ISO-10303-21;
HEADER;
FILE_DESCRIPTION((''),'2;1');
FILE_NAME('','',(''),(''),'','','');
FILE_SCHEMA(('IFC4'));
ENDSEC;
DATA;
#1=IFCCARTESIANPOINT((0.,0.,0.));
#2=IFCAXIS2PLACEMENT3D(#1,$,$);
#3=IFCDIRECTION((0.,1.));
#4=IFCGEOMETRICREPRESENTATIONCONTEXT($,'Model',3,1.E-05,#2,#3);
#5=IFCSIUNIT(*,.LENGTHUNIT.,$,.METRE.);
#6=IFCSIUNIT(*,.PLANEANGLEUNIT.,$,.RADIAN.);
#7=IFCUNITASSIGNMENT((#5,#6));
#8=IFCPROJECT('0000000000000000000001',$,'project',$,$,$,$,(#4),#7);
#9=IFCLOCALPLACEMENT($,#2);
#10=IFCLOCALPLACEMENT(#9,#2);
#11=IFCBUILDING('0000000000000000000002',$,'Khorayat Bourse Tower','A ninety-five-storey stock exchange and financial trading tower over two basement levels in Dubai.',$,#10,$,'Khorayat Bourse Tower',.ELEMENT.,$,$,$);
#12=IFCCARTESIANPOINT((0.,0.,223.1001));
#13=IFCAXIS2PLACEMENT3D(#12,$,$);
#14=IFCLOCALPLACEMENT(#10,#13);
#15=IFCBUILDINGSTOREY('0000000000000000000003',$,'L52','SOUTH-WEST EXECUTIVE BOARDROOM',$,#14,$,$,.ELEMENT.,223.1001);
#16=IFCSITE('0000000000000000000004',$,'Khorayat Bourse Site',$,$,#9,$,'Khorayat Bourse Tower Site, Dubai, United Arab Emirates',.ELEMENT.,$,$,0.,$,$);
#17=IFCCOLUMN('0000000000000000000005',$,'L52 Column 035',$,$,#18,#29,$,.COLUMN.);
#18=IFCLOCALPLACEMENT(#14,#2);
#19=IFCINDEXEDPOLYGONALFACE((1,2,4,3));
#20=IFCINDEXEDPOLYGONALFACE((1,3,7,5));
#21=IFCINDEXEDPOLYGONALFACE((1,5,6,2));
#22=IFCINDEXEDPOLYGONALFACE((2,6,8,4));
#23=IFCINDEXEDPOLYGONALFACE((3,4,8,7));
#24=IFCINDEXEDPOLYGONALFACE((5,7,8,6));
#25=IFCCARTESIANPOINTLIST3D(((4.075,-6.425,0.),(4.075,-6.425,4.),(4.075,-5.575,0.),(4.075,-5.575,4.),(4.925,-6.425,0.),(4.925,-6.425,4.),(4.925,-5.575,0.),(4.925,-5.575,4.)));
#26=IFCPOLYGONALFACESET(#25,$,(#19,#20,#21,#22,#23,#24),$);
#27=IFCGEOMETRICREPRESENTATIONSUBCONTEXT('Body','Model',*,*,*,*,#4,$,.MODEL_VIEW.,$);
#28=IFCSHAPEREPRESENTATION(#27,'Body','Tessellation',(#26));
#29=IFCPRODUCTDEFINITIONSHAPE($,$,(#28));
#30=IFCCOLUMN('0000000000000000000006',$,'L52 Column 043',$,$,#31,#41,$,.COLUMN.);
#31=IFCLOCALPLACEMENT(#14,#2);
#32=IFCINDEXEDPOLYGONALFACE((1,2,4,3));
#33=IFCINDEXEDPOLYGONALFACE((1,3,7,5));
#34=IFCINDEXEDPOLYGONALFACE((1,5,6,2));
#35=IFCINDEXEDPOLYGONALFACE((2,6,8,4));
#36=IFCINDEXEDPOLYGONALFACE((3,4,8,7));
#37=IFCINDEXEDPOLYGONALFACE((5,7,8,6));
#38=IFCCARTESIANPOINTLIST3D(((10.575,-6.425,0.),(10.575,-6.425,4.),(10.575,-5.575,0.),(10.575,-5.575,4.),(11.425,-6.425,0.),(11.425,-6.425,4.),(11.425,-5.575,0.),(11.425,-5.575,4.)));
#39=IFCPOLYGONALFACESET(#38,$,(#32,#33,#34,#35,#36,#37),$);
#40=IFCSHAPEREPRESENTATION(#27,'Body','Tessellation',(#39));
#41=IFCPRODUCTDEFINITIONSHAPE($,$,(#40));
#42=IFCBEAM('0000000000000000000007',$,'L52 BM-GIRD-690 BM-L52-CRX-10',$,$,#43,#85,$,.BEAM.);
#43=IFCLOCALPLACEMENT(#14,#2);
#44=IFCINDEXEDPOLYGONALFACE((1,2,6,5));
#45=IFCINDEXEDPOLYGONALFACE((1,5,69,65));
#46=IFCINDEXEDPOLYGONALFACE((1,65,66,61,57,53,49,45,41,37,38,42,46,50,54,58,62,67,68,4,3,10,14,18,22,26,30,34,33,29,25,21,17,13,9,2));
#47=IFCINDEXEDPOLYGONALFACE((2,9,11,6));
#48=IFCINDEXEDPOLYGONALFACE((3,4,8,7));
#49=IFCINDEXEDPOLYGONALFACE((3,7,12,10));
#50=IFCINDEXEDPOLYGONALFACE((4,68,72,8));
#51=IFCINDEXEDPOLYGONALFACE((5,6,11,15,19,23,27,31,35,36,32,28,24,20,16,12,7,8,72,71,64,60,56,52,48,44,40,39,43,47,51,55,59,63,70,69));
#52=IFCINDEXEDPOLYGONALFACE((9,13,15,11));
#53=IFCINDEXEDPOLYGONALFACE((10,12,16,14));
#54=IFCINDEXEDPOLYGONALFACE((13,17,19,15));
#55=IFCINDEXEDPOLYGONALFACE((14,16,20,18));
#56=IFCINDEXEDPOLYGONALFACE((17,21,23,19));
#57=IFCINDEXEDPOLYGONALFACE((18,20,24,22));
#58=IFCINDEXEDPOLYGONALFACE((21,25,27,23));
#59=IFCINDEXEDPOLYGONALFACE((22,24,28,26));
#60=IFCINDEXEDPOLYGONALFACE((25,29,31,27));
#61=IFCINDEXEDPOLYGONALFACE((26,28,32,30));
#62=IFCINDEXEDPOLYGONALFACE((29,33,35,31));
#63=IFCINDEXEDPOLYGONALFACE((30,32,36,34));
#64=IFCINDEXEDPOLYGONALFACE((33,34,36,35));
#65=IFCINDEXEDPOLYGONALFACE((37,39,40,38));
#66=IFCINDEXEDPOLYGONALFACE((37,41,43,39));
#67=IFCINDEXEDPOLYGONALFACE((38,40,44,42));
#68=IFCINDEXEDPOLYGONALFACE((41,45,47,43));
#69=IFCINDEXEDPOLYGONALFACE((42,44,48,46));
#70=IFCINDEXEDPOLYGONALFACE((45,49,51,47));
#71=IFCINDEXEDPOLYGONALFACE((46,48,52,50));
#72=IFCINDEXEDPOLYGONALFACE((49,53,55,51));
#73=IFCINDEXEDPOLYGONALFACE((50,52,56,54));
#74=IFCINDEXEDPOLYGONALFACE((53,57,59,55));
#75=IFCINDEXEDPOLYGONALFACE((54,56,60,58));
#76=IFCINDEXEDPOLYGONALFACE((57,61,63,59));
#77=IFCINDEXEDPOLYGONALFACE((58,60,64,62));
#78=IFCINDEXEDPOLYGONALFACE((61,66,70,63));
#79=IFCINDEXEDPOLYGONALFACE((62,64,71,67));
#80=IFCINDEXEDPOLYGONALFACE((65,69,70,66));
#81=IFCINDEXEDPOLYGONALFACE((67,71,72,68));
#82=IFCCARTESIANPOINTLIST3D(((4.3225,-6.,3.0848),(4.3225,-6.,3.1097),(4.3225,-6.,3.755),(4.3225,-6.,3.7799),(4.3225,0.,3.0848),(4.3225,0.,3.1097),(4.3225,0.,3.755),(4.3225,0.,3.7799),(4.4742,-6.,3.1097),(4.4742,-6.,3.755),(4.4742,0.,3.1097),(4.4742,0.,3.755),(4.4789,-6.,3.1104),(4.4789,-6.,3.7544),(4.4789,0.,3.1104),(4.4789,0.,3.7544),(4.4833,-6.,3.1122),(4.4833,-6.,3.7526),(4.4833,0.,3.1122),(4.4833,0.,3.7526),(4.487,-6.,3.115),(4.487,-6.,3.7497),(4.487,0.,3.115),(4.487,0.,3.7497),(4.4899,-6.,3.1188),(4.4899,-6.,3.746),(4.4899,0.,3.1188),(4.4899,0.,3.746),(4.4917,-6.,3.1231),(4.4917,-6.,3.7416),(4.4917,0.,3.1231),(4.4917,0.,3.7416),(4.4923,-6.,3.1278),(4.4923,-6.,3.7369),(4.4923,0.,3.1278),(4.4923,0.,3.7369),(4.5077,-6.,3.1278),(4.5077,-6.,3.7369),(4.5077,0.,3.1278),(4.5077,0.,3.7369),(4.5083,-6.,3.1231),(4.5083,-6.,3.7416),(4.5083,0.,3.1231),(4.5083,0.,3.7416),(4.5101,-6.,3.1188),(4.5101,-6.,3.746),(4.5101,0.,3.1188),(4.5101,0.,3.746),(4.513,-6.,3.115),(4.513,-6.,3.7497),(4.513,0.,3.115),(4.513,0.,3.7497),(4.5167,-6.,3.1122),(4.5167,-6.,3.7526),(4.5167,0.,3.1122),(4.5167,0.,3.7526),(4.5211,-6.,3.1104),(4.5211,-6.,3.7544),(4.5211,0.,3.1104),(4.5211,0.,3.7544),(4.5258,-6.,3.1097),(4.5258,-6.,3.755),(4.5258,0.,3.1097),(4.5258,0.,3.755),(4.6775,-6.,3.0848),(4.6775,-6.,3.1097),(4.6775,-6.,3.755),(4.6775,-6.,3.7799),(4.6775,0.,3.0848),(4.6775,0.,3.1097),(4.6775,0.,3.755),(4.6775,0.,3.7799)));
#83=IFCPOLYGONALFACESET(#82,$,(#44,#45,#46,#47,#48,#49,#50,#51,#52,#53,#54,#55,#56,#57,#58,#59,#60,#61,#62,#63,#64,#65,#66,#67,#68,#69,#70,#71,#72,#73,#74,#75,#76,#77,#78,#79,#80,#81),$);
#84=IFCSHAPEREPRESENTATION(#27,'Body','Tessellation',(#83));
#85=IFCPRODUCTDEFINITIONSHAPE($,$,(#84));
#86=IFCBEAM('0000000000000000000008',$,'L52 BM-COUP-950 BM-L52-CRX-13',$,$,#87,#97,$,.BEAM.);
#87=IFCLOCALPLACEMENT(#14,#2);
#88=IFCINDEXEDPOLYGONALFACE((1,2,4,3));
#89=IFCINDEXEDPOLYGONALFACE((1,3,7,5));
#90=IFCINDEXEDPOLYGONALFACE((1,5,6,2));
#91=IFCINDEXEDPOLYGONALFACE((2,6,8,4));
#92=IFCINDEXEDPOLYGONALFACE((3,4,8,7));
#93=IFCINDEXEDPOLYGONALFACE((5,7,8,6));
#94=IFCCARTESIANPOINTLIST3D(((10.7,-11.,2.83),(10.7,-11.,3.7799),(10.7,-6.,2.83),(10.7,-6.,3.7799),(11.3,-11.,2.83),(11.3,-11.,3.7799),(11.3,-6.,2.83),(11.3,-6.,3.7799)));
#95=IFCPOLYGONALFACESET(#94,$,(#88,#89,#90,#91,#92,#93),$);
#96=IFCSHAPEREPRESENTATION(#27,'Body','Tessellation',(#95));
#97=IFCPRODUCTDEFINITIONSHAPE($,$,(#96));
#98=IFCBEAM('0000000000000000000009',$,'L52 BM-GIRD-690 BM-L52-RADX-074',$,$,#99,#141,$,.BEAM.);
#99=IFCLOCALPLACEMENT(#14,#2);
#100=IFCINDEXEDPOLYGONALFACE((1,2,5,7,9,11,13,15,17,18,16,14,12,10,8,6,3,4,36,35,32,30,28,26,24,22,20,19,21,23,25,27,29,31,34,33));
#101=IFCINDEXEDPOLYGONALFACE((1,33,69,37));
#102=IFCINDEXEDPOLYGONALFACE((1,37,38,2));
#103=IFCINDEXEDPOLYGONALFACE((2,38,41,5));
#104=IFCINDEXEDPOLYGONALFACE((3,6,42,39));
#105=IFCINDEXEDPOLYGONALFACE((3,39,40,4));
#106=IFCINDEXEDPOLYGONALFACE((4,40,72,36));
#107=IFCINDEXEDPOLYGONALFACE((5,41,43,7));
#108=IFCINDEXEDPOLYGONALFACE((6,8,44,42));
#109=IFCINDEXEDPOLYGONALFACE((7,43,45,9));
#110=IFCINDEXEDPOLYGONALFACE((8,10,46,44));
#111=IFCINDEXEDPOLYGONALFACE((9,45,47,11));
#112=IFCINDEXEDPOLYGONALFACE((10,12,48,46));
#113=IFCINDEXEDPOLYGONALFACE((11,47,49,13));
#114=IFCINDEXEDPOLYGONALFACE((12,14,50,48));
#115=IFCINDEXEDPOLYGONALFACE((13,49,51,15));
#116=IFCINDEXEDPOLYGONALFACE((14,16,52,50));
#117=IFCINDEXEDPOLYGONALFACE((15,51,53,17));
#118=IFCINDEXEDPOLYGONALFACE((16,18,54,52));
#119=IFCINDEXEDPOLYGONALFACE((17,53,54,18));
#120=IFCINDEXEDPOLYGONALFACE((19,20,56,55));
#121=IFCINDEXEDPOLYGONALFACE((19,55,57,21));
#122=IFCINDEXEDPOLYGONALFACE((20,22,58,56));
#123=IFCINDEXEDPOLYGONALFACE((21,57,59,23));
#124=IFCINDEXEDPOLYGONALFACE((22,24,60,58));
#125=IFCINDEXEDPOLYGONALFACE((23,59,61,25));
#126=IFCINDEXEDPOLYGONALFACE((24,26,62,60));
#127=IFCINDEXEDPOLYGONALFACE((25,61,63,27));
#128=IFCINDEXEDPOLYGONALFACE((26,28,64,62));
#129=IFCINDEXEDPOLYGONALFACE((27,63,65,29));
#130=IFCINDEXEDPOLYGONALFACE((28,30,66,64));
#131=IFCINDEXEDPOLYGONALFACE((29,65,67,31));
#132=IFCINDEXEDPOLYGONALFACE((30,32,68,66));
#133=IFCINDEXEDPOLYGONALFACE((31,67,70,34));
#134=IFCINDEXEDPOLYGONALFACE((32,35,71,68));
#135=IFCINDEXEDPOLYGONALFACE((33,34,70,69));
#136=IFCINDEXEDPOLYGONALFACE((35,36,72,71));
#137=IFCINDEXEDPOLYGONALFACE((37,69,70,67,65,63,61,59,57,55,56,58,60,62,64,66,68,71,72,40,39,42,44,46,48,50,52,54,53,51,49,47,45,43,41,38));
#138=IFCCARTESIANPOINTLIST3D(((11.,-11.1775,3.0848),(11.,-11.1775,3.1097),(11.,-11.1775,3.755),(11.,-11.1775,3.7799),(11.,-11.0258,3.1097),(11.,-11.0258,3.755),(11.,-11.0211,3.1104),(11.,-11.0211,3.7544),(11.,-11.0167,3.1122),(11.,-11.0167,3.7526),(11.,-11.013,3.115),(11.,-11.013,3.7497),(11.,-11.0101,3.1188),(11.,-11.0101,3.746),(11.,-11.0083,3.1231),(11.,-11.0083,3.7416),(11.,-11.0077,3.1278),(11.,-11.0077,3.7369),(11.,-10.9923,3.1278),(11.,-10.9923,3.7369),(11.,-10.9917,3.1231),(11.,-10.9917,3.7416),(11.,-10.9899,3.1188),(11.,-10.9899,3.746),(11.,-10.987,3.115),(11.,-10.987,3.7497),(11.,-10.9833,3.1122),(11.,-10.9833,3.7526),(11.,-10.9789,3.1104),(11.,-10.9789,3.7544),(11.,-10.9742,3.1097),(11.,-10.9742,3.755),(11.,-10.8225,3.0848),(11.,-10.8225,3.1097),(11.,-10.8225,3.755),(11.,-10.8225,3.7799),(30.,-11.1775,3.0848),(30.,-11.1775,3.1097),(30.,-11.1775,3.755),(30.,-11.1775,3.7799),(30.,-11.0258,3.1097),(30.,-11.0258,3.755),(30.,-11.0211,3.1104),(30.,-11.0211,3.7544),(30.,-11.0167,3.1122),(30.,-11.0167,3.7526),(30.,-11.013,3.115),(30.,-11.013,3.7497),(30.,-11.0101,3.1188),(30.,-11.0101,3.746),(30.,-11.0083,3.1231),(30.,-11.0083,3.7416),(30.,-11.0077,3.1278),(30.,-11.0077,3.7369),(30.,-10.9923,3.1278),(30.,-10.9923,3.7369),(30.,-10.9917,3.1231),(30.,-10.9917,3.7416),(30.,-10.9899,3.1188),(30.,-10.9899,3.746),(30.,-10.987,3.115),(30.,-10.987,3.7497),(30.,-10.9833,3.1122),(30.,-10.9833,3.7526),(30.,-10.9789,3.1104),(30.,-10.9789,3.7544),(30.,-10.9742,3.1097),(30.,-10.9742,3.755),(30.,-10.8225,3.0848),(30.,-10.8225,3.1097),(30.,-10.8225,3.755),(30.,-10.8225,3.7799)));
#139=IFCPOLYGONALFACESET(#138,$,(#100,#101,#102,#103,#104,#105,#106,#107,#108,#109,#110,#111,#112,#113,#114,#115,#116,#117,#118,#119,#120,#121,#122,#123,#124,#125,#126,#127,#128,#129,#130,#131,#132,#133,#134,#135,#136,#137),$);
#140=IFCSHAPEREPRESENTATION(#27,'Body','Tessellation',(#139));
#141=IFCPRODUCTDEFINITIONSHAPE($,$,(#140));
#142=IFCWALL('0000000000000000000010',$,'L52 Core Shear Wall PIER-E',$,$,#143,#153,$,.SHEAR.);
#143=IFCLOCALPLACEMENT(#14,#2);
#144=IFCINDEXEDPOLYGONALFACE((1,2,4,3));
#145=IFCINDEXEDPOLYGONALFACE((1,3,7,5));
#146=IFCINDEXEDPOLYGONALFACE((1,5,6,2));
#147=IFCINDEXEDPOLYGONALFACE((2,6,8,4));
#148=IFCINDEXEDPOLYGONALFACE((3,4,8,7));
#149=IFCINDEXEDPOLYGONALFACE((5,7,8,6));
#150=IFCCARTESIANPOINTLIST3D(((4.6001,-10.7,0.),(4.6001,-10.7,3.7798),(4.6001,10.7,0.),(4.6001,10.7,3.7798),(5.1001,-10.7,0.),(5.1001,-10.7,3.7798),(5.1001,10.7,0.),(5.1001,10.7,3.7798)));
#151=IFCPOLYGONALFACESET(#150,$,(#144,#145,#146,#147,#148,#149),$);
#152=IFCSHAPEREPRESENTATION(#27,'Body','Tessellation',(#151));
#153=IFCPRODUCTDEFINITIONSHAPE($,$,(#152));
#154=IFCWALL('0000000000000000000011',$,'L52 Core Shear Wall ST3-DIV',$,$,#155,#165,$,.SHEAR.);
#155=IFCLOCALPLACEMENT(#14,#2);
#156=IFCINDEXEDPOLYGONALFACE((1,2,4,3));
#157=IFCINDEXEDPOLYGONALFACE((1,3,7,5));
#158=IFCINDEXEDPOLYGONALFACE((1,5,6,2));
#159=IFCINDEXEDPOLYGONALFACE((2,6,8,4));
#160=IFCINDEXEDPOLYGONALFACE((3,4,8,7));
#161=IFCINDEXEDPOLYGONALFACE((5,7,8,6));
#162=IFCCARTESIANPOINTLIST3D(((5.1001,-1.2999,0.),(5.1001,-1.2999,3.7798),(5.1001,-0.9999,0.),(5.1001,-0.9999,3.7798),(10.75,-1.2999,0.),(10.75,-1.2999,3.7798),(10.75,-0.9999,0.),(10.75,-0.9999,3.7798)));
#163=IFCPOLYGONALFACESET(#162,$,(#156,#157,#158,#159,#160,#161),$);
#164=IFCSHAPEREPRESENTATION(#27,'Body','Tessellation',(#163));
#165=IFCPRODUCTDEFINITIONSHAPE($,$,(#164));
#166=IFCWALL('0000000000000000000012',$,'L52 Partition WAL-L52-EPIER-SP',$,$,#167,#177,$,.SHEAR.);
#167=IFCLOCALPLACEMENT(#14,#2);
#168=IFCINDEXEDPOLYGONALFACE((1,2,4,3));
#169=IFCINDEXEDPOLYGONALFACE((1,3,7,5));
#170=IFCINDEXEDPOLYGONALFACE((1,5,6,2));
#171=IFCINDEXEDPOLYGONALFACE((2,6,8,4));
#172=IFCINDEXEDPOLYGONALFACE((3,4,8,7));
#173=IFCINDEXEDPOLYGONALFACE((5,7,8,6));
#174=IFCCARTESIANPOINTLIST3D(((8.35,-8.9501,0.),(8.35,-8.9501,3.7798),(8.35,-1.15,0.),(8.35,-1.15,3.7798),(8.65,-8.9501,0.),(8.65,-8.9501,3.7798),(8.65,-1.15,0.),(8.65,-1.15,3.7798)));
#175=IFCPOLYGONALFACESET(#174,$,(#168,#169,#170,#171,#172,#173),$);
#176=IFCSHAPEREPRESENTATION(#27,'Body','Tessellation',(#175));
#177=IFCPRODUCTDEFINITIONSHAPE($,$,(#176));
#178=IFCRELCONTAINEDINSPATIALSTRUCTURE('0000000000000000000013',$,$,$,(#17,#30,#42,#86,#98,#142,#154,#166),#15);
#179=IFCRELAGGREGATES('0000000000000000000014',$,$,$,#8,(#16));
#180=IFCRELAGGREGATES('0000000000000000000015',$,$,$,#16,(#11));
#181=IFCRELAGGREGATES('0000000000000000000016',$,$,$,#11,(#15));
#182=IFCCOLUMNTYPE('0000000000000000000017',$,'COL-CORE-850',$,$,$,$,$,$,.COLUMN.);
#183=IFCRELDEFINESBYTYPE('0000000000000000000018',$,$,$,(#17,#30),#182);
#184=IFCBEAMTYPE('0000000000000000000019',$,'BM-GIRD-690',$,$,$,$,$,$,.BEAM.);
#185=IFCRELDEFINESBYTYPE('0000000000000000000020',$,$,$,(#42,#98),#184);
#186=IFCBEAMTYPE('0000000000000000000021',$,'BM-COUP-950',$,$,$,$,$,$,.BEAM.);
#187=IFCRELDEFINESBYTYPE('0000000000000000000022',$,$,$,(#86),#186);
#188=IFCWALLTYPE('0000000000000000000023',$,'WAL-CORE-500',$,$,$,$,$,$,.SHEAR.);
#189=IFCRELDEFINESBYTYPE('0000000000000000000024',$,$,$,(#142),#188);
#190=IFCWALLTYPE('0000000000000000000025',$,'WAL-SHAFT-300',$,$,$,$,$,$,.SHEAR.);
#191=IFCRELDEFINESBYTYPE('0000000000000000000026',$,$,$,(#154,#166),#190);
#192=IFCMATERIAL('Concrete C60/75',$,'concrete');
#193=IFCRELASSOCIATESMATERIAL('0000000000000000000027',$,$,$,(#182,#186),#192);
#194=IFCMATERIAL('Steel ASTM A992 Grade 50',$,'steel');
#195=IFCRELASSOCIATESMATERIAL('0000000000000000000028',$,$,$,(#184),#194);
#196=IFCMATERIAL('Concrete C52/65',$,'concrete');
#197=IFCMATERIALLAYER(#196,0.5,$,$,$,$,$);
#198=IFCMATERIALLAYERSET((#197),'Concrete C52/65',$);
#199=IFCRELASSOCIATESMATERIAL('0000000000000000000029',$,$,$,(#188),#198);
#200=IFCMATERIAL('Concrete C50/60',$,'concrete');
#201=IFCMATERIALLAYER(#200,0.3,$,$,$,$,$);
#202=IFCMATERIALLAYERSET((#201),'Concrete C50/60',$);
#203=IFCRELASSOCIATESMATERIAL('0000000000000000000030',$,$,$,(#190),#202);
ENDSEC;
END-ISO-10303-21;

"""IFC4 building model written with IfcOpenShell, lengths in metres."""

from ifc_helpers import new_model, si_unit, direction, frame, frame_2d, origin, origin_2d, place, context, subcontext, project, spatial, rectangle, i_section, extrude, source, transform, mapped, material, layer, layer_set, material_profile, profile_set, type_object, element, save


model = new_model("IFC4")

# Units and contexts
model_context = context("Model", 3, precision=1e-05, world=origin(), true_north=direction((0.0, 1.0)))
body_context = subcontext(model_context, "Body", "Model", "MODEL_VIEW")
ifc_project = project(units=[si_unit("LENGTHUNIT", "METRE"), si_unit("PLANEANGLEUNIT", "RADIAN")], contexts=[model_context])

# Site, building, storey
site_placement = place(None, origin())
site = spatial("IfcSite", under=ifc_project, at=site_placement, Name="Khorayat Bourse Site", LongName="Khorayat Bourse Tower Site, Dubai, United Arab Emirates", CompositionType="ELEMENT", RefElevation=0.0)
building_placement = place(site_placement, origin())
building = spatial("IfcBuilding", under=site, at=building_placement, Name="Khorayat Bourse Tower", Description="A ninety-five-storey stock exchange and financial trading tower over two basement levels in Dubai.", LongName="Khorayat Bourse Tower", CompositionType="ELEMENT")
storey_placement = place(building_placement, frame((0.0, 0.0, 223.1001)))
storey = spatial("IfcBuildingStorey", under=building, at=storey_placement, Name="L52", Description="SOUTH-WEST EXECUTIVE BOARDROOM", CompositionType="ELEMENT", Elevation=223.1001)

# Columns
ifc_material_1 = material(Name="Concrete C60/75", Category="concrete")
ifc_material_profile_1 = material_profile(ifc_material_1, rectangle(XDim=0.8501, YDim=0.8501, at=origin_2d()), Name="RC 850x850")
ifc_profile_set_1 = profile_set([ifc_material_profile_1], Name="Concrete C60/75")
column_type = type_object("IfcColumnType", Name="COL-CORE-850", PredefinedType="COLUMN", material=ifc_profile_set_1)
shared_shape_1 = source(origin(), body_context, "Body", "SweptSolid", [
    extrude(rectangle(XDim=0.8501, YDim=0.8501, at=origin_2d()), origin(), (0.0, 0.0, 1.0), 4.0),
])
for number, where, z_axis, x_axis, name in (
    (1, (4.5, -6.0, 0.0), (0.0, 0.0, 1.0), (1.0, 0.0, 0.0), "L52 Column 035"),
    (2, (11.0, -6.0, 0.0), (0.0, 0.0, 1.0), (1.0, 0.0, 0.0), "L52 Column 043"),
):
    element("IfcColumn", number, at=place(storey_placement, frame(where, z_axis=z_axis, x_axis=x_axis)), inside=storey, type_object=column_type, Name=name, PredefinedType="COLUMN", context=body_context, shape_type="MappedRepresentation", body=[
        mapped(shared_shape_1, transform((0.0, 0.0, 0.0), scale=1.0)),
    ])

# Beams
ifc_material_2 = material(Name="Steel ASTM A992 Grade 50", Category="steel")
ifc_material_profile_2 = material_profile(ifc_material_2, i_section(OverallWidth=0.355, OverallDepth=0.6951, WebThickness=0.0154, FlangeThickness=0.0249, FilletRadius=0.0181, at=origin_2d()), Name="W690X217")
ifc_profile_set_2 = profile_set([ifc_material_profile_2], Name="Steel ASTM A992 Grade 50")
beam_type_1 = type_object("IfcBeamType", Name="BM-GIRD-690", PredefinedType="BEAM", material=ifc_profile_set_2)
shared_shape_2 = source(origin(), body_context, "Body", "SweptSolid", [
    extrude(i_section(OverallWidth=0.355, OverallDepth=0.6951, WebThickness=0.0154, FlangeThickness=0.0249, FilletRadius=0.0181, at=origin_2d()), origin(), (0.0, 0.0, 1.0), 6.0),
])
beam_1_placement = place(storey_placement, frame((4.5, -6.0, 3.4324), z_axis=(0.0, 1.0, 0.0), x_axis=(-1.0, 0.0, 0.0)))
element("IfcBeam", 3, at=beam_1_placement, inside=storey, type_object=beam_type_1, Name="L52 BM-GIRD-690 BM-L52-CRX-10", PredefinedType="BEAM", context=body_context, shape_type="MappedRepresentation", body=[
    mapped(shared_shape_2, transform((0.0, 0.0, 0.0), scale=1.0)),
])
ifc_material_profile_3 = material_profile(ifc_material_1, rectangle(XDim=0.6001, YDim=0.95, at=origin_2d()), Name="RC 600x950")
ifc_profile_set_3 = profile_set([ifc_material_profile_3], Name="Concrete C60/75")
beam_type_2 = type_object("IfcBeamType", Name="BM-COUP-950", PredefinedType="BEAM", material=ifc_profile_set_3)
shared_shape_3 = source(origin(), body_context, "Body", "SweptSolid", [
    extrude(rectangle(XDim=0.6001, YDim=0.95, at=origin_2d()), origin(), (0.0, 0.0, 1.0), 5.0),
])
beam_2_placement = place(storey_placement, frame((11.0, -11.0, 3.3049), z_axis=(0.0, 1.0, 0.0), x_axis=(-1.0, 0.0, 0.0)))
element("IfcBeam", 4, at=beam_2_placement, inside=storey, type_object=beam_type_2, Name="L52 BM-COUP-950 BM-L52-CRX-13", PredefinedType="BEAM", context=body_context, shape_type="MappedRepresentation", body=[
    mapped(shared_shape_3, transform((0.0, 0.0, 0.0), scale=1.0)),
])
shared_shape_4 = source(origin(), body_context, "Body", "SweptSolid", [
    extrude(i_section(OverallWidth=0.355, OverallDepth=0.6951, WebThickness=0.0154, FlangeThickness=0.0249, FilletRadius=0.0181, at=origin_2d()), origin(), (0.0, 0.0, 1.0), 19.0),
])
beam_3_placement = place(storey_placement, frame((11.0, -11.0, 3.4324), z_axis=(1.0, 0.0, 0.0), x_axis=(0.0, 1.0, 0.0)))
element("IfcBeam", 5, at=beam_3_placement, inside=storey, type_object=beam_type_1, Name="L52 BM-GIRD-690 BM-L52-RADX-074", PredefinedType="BEAM", context=body_context, shape_type="MappedRepresentation", body=[
    mapped(shared_shape_4, transform((0.0, 0.0, 0.0), scale=1.0)),
])

# Walls
ifc_material_3 = material(Name="Concrete C52/65", Category="concrete")
ifc_layer_1 = layer(ifc_material_3, 0.5)
ifc_layer_set_1 = layer_set([ifc_layer_1], Name="Concrete C52/65")
wall_type_1 = type_object("IfcWallType", Name="WAL-CORE-500", PredefinedType="SHEAR", material=ifc_layer_set_1)
shared_shape_5 = source(origin(), body_context, "Body", "SweptSolid", [
    extrude(rectangle(XDim=21.3999, YDim=0.5, at=frame_2d((10.7, 0.0))), origin(), (0.0, 0.0, 1.0), 3.7798),
])
wall_1_placement = place(storey_placement, frame((4.8501, -10.7, 0.0), z_axis=(0.0, 0.0, 1.0), x_axis=(0.0, 1.0, 0.0)))
element("IfcWall", 6, at=wall_1_placement, inside=storey, type_object=wall_type_1, Name="L52 Core Shear Wall PIER-E", PredefinedType="SHEAR", context=body_context, shape_type="MappedRepresentation", body=[
    mapped(shared_shape_5, transform((0.0, 0.0, 0.0), scale=1.0)),
])
ifc_material_4 = material(Name="Concrete C50/60", Category="concrete")
ifc_layer_2 = layer(ifc_material_4, 0.3)
ifc_layer_set_2 = layer_set([ifc_layer_2], Name="Concrete C50/60")
wall_type_2 = type_object("IfcWallType", Name="WAL-SHAFT-300", PredefinedType="SHEAR", material=ifc_layer_set_2)
shared_shape_6 = source(origin(), body_context, "Body", "SweptSolid", [
    extrude(rectangle(XDim=5.6499, YDim=0.3, at=frame_2d((2.825, 0.0))), origin(), (0.0, 0.0, 1.0), 3.7798),
])
wall_2_placement = place(storey_placement, frame((5.1001, -1.1499, 0.0), z_axis=(0.0, 0.0, 1.0), x_axis=(1.0, 0.0, 0.0)))
element("IfcWall", 7, at=wall_2_placement, inside=storey, type_object=wall_type_2, Name="L52 Core Shear Wall ST3-DIV", PredefinedType="SHEAR", context=body_context, shape_type="MappedRepresentation", body=[
    mapped(shared_shape_6, transform((0.0, 0.0, 0.0), scale=1.0)),
])
shared_shape_7 = source(origin(), body_context, "Body", "SweptSolid", [
    extrude(rectangle(XDim=7.8, YDim=0.3, at=frame_2d((3.8999, 0.0))), origin(), (0.0, 0.0, 1.0), 3.7798),
])
wall_3_placement = place(storey_placement, frame((8.5, -8.95, 0.0), z_axis=(0.0, 0.0, 1.0), x_axis=(0.0, 1.0, 0.0)))
element("IfcWall", 8, at=wall_3_placement, inside=storey, type_object=wall_type_2, Name="L52 Partition WAL-L52-EPIER-SP", PredefinedType="SHEAR", context=body_context, shape_type="MappedRepresentation", body=[
    mapped(shared_shape_7, transform((0.0, 0.0, 0.0), scale=1.0)),
])

save(model, "model.ifc")
